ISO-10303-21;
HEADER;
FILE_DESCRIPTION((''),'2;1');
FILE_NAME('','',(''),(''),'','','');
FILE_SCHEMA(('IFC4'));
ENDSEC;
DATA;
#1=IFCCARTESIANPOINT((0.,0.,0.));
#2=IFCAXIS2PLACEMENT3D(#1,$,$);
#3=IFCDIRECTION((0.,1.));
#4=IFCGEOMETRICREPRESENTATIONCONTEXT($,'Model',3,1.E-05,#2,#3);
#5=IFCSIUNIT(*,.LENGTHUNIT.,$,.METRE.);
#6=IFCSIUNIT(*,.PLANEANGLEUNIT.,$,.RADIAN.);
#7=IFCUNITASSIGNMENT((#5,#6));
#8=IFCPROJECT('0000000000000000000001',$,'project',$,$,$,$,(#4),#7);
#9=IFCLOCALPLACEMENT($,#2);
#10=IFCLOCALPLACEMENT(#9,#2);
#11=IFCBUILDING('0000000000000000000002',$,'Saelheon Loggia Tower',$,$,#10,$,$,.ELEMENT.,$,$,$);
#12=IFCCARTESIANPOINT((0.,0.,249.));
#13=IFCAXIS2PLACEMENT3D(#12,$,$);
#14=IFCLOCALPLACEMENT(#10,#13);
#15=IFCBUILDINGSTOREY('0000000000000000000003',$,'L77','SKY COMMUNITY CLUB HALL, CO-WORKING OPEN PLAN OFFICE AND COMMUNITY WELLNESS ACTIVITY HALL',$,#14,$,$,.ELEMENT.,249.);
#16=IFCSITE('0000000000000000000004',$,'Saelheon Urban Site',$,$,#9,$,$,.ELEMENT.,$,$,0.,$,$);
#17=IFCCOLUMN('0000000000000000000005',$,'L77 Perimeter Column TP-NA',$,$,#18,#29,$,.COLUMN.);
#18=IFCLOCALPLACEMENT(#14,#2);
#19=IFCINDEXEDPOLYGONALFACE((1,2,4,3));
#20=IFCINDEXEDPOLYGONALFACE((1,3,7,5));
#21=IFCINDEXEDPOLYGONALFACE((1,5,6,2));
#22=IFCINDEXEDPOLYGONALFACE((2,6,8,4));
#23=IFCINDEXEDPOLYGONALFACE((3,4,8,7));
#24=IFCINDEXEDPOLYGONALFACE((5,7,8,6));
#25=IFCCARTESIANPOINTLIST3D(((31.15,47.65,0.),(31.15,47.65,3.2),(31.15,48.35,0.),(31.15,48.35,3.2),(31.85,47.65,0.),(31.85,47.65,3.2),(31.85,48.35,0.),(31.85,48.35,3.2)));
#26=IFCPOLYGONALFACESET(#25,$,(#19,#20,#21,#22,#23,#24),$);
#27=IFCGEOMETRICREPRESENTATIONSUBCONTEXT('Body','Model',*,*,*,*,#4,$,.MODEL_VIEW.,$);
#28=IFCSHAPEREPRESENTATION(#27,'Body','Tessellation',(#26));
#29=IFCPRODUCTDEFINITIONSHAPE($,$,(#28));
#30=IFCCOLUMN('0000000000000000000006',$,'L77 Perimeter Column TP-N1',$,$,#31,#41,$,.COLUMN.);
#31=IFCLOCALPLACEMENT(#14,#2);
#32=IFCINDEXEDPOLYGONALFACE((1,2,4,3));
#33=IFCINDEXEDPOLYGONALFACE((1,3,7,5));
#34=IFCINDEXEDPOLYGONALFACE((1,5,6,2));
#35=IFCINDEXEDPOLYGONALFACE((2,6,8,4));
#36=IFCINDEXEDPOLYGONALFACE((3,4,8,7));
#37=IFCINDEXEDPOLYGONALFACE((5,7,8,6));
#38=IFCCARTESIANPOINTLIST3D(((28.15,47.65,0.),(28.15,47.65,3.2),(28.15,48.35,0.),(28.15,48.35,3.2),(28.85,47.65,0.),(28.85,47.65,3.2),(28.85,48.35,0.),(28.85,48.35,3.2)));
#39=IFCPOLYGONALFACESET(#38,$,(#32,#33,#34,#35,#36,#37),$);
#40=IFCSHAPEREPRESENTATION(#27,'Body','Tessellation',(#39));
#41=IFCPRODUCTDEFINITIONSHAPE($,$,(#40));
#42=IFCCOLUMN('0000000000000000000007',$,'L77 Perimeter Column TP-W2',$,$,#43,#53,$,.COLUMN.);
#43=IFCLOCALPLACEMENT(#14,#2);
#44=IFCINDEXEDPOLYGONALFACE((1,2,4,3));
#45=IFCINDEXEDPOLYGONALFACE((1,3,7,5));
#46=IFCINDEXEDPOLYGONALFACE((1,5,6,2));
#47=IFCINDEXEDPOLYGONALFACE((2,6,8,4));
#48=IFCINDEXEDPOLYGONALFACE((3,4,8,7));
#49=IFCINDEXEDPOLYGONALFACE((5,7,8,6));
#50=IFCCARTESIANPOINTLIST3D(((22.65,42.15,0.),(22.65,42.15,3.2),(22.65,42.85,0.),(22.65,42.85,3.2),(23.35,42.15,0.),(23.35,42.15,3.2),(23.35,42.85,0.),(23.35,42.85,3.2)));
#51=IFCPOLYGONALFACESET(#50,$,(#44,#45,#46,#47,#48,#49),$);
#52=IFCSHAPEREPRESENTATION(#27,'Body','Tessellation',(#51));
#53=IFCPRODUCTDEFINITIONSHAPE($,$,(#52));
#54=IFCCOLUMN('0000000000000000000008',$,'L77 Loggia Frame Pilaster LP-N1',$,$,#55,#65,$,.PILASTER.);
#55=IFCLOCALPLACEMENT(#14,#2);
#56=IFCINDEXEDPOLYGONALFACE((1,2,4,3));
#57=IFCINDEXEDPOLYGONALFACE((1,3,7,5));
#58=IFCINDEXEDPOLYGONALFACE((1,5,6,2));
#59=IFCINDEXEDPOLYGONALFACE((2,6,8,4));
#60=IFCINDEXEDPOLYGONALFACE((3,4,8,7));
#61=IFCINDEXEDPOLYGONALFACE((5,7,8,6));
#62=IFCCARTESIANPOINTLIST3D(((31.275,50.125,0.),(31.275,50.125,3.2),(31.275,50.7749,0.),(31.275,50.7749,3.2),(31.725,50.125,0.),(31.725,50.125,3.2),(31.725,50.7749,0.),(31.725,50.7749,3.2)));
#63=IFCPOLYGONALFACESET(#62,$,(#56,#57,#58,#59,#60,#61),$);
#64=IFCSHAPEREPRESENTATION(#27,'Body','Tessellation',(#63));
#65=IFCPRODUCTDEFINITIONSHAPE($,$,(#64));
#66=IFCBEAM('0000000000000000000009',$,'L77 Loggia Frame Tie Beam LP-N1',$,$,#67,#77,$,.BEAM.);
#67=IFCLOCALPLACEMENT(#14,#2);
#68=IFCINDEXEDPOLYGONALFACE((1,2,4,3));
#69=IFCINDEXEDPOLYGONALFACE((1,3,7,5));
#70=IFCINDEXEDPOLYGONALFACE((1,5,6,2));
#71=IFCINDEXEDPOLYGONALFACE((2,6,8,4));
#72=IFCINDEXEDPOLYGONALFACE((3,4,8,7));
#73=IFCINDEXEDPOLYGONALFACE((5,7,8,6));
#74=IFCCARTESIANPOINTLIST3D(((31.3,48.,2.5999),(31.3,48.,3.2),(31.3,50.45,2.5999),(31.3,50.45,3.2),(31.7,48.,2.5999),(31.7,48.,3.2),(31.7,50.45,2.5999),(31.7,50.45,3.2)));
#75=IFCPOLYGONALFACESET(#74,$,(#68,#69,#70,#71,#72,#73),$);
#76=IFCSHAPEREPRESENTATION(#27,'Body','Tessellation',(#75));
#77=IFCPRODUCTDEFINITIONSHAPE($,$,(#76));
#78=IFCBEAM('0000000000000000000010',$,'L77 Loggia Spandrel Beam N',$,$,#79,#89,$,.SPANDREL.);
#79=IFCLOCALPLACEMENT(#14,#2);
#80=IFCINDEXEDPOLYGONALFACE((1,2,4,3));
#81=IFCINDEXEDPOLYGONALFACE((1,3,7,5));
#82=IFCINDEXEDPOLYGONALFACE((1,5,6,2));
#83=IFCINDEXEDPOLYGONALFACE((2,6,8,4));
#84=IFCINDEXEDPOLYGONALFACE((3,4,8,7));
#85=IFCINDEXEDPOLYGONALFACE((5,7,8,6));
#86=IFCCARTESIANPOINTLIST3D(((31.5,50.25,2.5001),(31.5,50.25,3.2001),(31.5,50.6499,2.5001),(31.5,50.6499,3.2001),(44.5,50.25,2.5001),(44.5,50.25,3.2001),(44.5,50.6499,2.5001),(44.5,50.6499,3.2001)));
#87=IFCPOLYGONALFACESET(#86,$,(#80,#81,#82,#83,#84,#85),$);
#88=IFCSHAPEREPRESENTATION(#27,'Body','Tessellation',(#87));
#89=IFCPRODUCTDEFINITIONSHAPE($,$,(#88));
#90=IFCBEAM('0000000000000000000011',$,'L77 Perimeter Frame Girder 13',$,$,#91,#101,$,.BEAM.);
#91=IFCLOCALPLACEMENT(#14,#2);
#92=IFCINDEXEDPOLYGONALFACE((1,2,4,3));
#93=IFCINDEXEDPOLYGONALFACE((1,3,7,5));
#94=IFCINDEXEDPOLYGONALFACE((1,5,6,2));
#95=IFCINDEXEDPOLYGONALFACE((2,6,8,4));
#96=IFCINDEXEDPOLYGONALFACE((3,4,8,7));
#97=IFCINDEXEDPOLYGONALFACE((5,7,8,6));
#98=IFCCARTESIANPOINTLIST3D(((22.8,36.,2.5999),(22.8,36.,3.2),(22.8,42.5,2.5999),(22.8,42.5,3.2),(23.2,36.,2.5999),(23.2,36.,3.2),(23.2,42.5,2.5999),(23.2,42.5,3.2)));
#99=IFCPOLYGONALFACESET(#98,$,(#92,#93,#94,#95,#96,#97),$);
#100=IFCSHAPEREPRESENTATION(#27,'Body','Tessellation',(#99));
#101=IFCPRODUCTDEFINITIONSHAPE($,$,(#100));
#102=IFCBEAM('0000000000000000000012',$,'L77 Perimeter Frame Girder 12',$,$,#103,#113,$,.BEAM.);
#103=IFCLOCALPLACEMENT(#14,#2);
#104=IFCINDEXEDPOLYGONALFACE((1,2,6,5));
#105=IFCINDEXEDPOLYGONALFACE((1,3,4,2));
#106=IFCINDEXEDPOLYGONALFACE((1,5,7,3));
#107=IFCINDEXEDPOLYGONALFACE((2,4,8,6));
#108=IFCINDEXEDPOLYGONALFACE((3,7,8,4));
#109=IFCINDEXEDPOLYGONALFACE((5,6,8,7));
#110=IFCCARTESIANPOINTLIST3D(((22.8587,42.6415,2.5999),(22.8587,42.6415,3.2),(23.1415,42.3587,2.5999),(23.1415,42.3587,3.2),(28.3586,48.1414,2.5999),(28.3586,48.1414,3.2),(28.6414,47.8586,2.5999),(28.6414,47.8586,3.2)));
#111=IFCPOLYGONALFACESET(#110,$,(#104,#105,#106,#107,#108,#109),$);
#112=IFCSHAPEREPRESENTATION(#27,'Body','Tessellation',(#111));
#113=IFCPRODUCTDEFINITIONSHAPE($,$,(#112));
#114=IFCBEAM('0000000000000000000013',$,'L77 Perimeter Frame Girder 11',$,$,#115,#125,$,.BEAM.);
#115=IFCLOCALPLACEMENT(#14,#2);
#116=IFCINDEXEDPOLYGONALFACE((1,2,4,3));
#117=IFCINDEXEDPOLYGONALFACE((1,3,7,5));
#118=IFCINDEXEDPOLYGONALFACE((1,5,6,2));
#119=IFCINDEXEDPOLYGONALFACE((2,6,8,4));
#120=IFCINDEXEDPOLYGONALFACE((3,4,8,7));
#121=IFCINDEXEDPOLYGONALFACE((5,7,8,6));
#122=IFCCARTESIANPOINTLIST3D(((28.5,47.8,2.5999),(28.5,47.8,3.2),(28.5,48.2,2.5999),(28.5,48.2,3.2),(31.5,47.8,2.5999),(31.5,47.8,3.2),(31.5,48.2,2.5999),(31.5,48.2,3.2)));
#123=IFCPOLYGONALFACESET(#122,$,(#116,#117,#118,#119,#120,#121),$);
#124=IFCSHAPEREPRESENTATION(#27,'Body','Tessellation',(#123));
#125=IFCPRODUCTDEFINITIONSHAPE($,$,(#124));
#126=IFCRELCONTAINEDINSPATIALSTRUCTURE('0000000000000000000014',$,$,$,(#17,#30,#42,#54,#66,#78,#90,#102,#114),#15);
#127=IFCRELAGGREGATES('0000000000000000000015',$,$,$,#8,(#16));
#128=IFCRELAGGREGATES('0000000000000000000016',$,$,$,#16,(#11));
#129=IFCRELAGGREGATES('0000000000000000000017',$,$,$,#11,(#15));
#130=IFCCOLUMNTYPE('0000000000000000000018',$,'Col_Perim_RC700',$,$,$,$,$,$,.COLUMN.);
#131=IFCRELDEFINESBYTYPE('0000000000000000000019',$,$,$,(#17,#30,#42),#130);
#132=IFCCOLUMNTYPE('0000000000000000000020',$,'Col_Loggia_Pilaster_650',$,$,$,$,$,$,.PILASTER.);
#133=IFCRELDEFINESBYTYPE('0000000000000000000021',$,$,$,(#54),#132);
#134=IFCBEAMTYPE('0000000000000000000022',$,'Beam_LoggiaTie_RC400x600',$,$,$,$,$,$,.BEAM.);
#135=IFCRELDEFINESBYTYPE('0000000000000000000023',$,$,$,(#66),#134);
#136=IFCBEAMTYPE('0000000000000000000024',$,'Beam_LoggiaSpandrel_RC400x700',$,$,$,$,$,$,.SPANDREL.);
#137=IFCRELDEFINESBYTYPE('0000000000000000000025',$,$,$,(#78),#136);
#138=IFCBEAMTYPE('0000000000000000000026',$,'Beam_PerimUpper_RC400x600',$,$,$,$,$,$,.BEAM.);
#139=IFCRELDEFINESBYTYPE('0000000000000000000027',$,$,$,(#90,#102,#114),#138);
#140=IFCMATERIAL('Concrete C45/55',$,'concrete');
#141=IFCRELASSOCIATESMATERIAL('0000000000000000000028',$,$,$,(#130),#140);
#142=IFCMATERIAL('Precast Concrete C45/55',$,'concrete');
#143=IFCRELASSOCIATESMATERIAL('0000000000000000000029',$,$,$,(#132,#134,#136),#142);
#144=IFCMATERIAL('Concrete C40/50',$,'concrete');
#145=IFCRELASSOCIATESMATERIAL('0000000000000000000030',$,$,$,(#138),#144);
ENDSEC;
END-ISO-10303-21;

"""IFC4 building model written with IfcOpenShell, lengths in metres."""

from ifc_helpers import new_model, si_unit, direction, frame, origin, origin_2d, place, context, subcontext, project, spatial, rectangle, extrude, source, transform, mapped, material, material_profile, profile_set, type_object, element, save


model = new_model("IFC4")

# Units and contexts
model_context = context("Model", 3, precision=1e-05, world=origin(), true_north=direction((0.0, 1.0)))
body_context = subcontext(model_context, "Body", "Model", "MODEL_VIEW")
ifc_project = project(units=[si_unit("LENGTHUNIT", "METRE"), si_unit("PLANEANGLEUNIT", "RADIAN")], contexts=[model_context])

# Site, building, storey
site_placement = place(None, origin())
site = spatial("IfcSite", under=ifc_project, at=site_placement, Name="Saelheon Urban Site", CompositionType="ELEMENT", RefElevation=0.0)
building_placement = place(site_placement, origin())
building = spatial("IfcBuilding", under=site, at=building_placement, Name="Saelheon Loggia Tower", CompositionType="ELEMENT")
storey_placement = place(building_placement, frame((0.0, 0.0, 249.0)))
storey = spatial("IfcBuildingStorey", under=building, at=storey_placement, Name="L77", Description="SKY COMMUNITY CLUB HALL, CO-WORKING OPEN PLAN OFFICE AND COMMUNITY WELLNESS ACTIVITY HALL", CompositionType="ELEMENT", Elevation=249.0)

# Columns
ifc_material_1 = material(Name="Concrete C45/55", Category="concrete")
ifc_material_profile_1 = material_profile(ifc_material_1, rectangle(XDim=0.7, YDim=0.7, at=origin_2d()), Name="RC-700x700")
ifc_profile_set_1 = profile_set([ifc_material_profile_1], Name="Concrete C45/55")
column_type_1 = type_object("IfcColumnType", Name="Col_Perim_RC700", PredefinedType="COLUMN", material=ifc_profile_set_1)
shared_shape_1 = source(origin(), body_context, "Body", "SweptSolid", [
    extrude(rectangle(XDim=0.7, YDim=0.7, at=origin_2d()), origin(), (0.0, 0.0, 1.0), 3.2),
])
for number, where, z_axis, x_axis, name in (
    (1, (31.5, 48.0, 0.0), (0.0, 0.0, 1.0), (1.0, 0.0, 0.0), "L77 Perimeter Column TP-NA"),
    (2, (28.5, 48.0, 0.0), (0.0, 0.0, 1.0), (1.0, 0.0, 0.0), "L77 Perimeter Column TP-N1"),
    (3, (23.0, 42.5, 0.0), (0.0, 0.0, 1.0), (1.0, 0.0, 0.0), "L77 Perimeter Column TP-W2"),
):
    element("IfcColumn", number, at=place(storey_placement, frame(where, z_axis=z_axis, x_axis=x_axis)), inside=storey, type_object=column_type_1, Name=name, PredefinedType="COLUMN", context=body_context, shape_type="MappedRepresentation", body=[
        mapped(shared_shape_1, transform((0.0, 0.0, 0.0), scale=1.0)),
    ])
ifc_material_2 = material(Name="Precast Concrete C45/55", Category="concrete")
ifc_material_profile_2 = material_profile(ifc_material_2, rectangle(XDim=0.45, YDim=0.6499, at=origin_2d()), Name="RC-450x650")
ifc_profile_set_2 = profile_set([ifc_material_profile_2], Name="Precast Concrete C45/55")
column_type_2 = type_object("IfcColumnType", Name="Col_Loggia_Pilaster_650", PredefinedType="PILASTER", material=ifc_profile_set_2)
shared_shape_2 = source(origin(), body_context, "Body", "SweptSolid", [
    extrude(rectangle(XDim=0.45, YDim=0.6499, at=origin_2d()), origin(), (0.0, 0.0, 1.0), 3.2),
])
column_placement = place(storey_placement, frame((31.5, 50.45, 0.0), z_axis=(0.0, 0.0, 1.0), x_axis=(1.0, 0.0, 0.0)))
element("IfcColumn", 4, at=column_placement, inside=storey, type_object=column_type_2, Name="L77 Loggia Frame Pilaster LP-N1", PredefinedType="PILASTER", context=body_context, shape_type="MappedRepresentation", body=[
    mapped(shared_shape_2, transform((0.0, 0.0, 0.0), scale=1.0)),
])

# Beams
ifc_material_profile_3 = material_profile(ifc_material_2, rectangle(XDim=0.3999, YDim=0.6001, at=origin_2d()), Name="RC-400x600")
ifc_profile_set_3 = profile_set([ifc_material_profile_3], Name="Precast Concrete C45/55")
beam_type_1 = type_object("IfcBeamType", Name="Beam_LoggiaTie_RC400x600", PredefinedType="BEAM", material=ifc_profile_set_3)
shared_shape_3 = source(origin(), body_context, "Body", "SweptSolid", [
    extrude(rectangle(XDim=0.3999, YDim=0.6001, at=origin_2d()), origin(), (0.0, 0.0, 1.0), 2.45),
])
beam_1_placement = place(storey_placement, frame((31.5, 48.0, 2.8999), z_axis=(0.0, 1.0, 0.0), x_axis=(-1.0, 0.0, 0.0)))
element("IfcBeam", 5, at=beam_1_placement, inside=storey, type_object=beam_type_1, Name="L77 Loggia Frame Tie Beam LP-N1", PredefinedType="BEAM", context=body_context, shape_type="MappedRepresentation", body=[
    mapped(shared_shape_3, transform((0.0, 0.0, 0.0), scale=1.0)),
])
ifc_material_profile_4 = material_profile(ifc_material_2, rectangle(XDim=0.3999, YDim=0.7, at=origin_2d()), Name="RC-400x700")
ifc_profile_set_4 = profile_set([ifc_material_profile_4], Name="Precast Concrete C45/55")
beam_type_2 = type_object("IfcBeamType", Name="Beam_LoggiaSpandrel_RC400x700", PredefinedType="SPANDREL", material=ifc_profile_set_4)
shared_shape_4 = source(origin(), body_context, "Body", "SweptSolid", [
    extrude(rectangle(XDim=0.3999, YDim=0.7, at=origin_2d()), origin(), (0.0, 0.0, 1.0), 13.0),
])
beam_2_placement = place(storey_placement, frame((31.5, 50.45, 2.8501), z_axis=(1.0, 0.0, 0.0), x_axis=(0.0, 1.0, 0.0)))
element("IfcBeam", 6, at=beam_2_placement, inside=storey, type_object=beam_type_2, Name="L77 Loggia Spandrel Beam N", PredefinedType="SPANDREL", context=body_context, shape_type="MappedRepresentation", body=[
    mapped(shared_shape_4, transform((0.0, 0.0, 0.0), scale=1.0)),
])
ifc_material_3 = material(Name="Concrete C40/50", Category="concrete")
ifc_material_profile_5 = material_profile(ifc_material_3, rectangle(XDim=0.3999, YDim=0.6001, at=origin_2d()), Name="RC-400x600")
ifc_profile_set_5 = profile_set([ifc_material_profile_5], Name="Concrete C40/50")
beam_type_3 = type_object("IfcBeamType", Name="Beam_PerimUpper_RC400x600", PredefinedType="BEAM", material=ifc_profile_set_5)
shared_shape_5 = source(origin(), body_context, "Body", "SweptSolid", [
    extrude(rectangle(XDim=0.3999, YDim=0.6001, at=origin_2d()), origin(), (0.0, 0.0, 1.0), 6.5),
])
beam_3_placement = place(storey_placement, frame((23.0, 42.5, 2.8999), z_axis=(0.0, -1.0, 0.0), x_axis=(1.0, 0.0, 0.0)))
element("IfcBeam", 7, at=beam_3_placement, inside=storey, type_object=beam_type_3, Name="L77 Perimeter Frame Girder 13", PredefinedType="BEAM", context=body_context, shape_type="MappedRepresentation", body=[
    mapped(shared_shape_5, transform((0.0, 0.0, 0.0), scale=1.0)),
])
shared_shape_6 = source(origin(), body_context, "Body", "SweptSolid", [
    extrude(rectangle(XDim=0.3999, YDim=0.6001, at=origin_2d()), origin(), (0.0, 0.0, 1.0), 7.7781),
])
beam_4_placement = place(storey_placement, frame((28.5, 48.0, 2.8999), z_axis=(-0.707107, -0.707107, 0.0), x_axis=(0.707107, -0.707107, 0.0)))
element("IfcBeam", 8, at=beam_4_placement, inside=storey, type_object=beam_type_3, Name="L77 Perimeter Frame Girder 12", PredefinedType="BEAM", context=body_context, shape_type="MappedRepresentation", body=[
    mapped(shared_shape_6, transform((0.0, 0.0, 0.0), scale=1.0)),
])
shared_shape_7 = source(origin(), body_context, "Body", "SweptSolid", [
    extrude(rectangle(XDim=0.3999, YDim=0.6001, at=origin_2d()), origin(), (0.0, 0.0, 1.0), 3.0),
])
beam_5_placement = place(storey_placement, frame((31.5, 48.0, 2.8999), z_axis=(-1.0, 0.0, 0.0), x_axis=(0.0, -1.0, 0.0)))
element("IfcBeam", 9, at=beam_5_placement, inside=storey, type_object=beam_type_3, Name="L77 Perimeter Frame Girder 11", PredefinedType="BEAM", context=body_context, shape_type="MappedRepresentation", body=[
    mapped(shared_shape_7, transform((0.0, 0.0, 0.0), scale=1.0)),
])

save(model, "model.ifc")
